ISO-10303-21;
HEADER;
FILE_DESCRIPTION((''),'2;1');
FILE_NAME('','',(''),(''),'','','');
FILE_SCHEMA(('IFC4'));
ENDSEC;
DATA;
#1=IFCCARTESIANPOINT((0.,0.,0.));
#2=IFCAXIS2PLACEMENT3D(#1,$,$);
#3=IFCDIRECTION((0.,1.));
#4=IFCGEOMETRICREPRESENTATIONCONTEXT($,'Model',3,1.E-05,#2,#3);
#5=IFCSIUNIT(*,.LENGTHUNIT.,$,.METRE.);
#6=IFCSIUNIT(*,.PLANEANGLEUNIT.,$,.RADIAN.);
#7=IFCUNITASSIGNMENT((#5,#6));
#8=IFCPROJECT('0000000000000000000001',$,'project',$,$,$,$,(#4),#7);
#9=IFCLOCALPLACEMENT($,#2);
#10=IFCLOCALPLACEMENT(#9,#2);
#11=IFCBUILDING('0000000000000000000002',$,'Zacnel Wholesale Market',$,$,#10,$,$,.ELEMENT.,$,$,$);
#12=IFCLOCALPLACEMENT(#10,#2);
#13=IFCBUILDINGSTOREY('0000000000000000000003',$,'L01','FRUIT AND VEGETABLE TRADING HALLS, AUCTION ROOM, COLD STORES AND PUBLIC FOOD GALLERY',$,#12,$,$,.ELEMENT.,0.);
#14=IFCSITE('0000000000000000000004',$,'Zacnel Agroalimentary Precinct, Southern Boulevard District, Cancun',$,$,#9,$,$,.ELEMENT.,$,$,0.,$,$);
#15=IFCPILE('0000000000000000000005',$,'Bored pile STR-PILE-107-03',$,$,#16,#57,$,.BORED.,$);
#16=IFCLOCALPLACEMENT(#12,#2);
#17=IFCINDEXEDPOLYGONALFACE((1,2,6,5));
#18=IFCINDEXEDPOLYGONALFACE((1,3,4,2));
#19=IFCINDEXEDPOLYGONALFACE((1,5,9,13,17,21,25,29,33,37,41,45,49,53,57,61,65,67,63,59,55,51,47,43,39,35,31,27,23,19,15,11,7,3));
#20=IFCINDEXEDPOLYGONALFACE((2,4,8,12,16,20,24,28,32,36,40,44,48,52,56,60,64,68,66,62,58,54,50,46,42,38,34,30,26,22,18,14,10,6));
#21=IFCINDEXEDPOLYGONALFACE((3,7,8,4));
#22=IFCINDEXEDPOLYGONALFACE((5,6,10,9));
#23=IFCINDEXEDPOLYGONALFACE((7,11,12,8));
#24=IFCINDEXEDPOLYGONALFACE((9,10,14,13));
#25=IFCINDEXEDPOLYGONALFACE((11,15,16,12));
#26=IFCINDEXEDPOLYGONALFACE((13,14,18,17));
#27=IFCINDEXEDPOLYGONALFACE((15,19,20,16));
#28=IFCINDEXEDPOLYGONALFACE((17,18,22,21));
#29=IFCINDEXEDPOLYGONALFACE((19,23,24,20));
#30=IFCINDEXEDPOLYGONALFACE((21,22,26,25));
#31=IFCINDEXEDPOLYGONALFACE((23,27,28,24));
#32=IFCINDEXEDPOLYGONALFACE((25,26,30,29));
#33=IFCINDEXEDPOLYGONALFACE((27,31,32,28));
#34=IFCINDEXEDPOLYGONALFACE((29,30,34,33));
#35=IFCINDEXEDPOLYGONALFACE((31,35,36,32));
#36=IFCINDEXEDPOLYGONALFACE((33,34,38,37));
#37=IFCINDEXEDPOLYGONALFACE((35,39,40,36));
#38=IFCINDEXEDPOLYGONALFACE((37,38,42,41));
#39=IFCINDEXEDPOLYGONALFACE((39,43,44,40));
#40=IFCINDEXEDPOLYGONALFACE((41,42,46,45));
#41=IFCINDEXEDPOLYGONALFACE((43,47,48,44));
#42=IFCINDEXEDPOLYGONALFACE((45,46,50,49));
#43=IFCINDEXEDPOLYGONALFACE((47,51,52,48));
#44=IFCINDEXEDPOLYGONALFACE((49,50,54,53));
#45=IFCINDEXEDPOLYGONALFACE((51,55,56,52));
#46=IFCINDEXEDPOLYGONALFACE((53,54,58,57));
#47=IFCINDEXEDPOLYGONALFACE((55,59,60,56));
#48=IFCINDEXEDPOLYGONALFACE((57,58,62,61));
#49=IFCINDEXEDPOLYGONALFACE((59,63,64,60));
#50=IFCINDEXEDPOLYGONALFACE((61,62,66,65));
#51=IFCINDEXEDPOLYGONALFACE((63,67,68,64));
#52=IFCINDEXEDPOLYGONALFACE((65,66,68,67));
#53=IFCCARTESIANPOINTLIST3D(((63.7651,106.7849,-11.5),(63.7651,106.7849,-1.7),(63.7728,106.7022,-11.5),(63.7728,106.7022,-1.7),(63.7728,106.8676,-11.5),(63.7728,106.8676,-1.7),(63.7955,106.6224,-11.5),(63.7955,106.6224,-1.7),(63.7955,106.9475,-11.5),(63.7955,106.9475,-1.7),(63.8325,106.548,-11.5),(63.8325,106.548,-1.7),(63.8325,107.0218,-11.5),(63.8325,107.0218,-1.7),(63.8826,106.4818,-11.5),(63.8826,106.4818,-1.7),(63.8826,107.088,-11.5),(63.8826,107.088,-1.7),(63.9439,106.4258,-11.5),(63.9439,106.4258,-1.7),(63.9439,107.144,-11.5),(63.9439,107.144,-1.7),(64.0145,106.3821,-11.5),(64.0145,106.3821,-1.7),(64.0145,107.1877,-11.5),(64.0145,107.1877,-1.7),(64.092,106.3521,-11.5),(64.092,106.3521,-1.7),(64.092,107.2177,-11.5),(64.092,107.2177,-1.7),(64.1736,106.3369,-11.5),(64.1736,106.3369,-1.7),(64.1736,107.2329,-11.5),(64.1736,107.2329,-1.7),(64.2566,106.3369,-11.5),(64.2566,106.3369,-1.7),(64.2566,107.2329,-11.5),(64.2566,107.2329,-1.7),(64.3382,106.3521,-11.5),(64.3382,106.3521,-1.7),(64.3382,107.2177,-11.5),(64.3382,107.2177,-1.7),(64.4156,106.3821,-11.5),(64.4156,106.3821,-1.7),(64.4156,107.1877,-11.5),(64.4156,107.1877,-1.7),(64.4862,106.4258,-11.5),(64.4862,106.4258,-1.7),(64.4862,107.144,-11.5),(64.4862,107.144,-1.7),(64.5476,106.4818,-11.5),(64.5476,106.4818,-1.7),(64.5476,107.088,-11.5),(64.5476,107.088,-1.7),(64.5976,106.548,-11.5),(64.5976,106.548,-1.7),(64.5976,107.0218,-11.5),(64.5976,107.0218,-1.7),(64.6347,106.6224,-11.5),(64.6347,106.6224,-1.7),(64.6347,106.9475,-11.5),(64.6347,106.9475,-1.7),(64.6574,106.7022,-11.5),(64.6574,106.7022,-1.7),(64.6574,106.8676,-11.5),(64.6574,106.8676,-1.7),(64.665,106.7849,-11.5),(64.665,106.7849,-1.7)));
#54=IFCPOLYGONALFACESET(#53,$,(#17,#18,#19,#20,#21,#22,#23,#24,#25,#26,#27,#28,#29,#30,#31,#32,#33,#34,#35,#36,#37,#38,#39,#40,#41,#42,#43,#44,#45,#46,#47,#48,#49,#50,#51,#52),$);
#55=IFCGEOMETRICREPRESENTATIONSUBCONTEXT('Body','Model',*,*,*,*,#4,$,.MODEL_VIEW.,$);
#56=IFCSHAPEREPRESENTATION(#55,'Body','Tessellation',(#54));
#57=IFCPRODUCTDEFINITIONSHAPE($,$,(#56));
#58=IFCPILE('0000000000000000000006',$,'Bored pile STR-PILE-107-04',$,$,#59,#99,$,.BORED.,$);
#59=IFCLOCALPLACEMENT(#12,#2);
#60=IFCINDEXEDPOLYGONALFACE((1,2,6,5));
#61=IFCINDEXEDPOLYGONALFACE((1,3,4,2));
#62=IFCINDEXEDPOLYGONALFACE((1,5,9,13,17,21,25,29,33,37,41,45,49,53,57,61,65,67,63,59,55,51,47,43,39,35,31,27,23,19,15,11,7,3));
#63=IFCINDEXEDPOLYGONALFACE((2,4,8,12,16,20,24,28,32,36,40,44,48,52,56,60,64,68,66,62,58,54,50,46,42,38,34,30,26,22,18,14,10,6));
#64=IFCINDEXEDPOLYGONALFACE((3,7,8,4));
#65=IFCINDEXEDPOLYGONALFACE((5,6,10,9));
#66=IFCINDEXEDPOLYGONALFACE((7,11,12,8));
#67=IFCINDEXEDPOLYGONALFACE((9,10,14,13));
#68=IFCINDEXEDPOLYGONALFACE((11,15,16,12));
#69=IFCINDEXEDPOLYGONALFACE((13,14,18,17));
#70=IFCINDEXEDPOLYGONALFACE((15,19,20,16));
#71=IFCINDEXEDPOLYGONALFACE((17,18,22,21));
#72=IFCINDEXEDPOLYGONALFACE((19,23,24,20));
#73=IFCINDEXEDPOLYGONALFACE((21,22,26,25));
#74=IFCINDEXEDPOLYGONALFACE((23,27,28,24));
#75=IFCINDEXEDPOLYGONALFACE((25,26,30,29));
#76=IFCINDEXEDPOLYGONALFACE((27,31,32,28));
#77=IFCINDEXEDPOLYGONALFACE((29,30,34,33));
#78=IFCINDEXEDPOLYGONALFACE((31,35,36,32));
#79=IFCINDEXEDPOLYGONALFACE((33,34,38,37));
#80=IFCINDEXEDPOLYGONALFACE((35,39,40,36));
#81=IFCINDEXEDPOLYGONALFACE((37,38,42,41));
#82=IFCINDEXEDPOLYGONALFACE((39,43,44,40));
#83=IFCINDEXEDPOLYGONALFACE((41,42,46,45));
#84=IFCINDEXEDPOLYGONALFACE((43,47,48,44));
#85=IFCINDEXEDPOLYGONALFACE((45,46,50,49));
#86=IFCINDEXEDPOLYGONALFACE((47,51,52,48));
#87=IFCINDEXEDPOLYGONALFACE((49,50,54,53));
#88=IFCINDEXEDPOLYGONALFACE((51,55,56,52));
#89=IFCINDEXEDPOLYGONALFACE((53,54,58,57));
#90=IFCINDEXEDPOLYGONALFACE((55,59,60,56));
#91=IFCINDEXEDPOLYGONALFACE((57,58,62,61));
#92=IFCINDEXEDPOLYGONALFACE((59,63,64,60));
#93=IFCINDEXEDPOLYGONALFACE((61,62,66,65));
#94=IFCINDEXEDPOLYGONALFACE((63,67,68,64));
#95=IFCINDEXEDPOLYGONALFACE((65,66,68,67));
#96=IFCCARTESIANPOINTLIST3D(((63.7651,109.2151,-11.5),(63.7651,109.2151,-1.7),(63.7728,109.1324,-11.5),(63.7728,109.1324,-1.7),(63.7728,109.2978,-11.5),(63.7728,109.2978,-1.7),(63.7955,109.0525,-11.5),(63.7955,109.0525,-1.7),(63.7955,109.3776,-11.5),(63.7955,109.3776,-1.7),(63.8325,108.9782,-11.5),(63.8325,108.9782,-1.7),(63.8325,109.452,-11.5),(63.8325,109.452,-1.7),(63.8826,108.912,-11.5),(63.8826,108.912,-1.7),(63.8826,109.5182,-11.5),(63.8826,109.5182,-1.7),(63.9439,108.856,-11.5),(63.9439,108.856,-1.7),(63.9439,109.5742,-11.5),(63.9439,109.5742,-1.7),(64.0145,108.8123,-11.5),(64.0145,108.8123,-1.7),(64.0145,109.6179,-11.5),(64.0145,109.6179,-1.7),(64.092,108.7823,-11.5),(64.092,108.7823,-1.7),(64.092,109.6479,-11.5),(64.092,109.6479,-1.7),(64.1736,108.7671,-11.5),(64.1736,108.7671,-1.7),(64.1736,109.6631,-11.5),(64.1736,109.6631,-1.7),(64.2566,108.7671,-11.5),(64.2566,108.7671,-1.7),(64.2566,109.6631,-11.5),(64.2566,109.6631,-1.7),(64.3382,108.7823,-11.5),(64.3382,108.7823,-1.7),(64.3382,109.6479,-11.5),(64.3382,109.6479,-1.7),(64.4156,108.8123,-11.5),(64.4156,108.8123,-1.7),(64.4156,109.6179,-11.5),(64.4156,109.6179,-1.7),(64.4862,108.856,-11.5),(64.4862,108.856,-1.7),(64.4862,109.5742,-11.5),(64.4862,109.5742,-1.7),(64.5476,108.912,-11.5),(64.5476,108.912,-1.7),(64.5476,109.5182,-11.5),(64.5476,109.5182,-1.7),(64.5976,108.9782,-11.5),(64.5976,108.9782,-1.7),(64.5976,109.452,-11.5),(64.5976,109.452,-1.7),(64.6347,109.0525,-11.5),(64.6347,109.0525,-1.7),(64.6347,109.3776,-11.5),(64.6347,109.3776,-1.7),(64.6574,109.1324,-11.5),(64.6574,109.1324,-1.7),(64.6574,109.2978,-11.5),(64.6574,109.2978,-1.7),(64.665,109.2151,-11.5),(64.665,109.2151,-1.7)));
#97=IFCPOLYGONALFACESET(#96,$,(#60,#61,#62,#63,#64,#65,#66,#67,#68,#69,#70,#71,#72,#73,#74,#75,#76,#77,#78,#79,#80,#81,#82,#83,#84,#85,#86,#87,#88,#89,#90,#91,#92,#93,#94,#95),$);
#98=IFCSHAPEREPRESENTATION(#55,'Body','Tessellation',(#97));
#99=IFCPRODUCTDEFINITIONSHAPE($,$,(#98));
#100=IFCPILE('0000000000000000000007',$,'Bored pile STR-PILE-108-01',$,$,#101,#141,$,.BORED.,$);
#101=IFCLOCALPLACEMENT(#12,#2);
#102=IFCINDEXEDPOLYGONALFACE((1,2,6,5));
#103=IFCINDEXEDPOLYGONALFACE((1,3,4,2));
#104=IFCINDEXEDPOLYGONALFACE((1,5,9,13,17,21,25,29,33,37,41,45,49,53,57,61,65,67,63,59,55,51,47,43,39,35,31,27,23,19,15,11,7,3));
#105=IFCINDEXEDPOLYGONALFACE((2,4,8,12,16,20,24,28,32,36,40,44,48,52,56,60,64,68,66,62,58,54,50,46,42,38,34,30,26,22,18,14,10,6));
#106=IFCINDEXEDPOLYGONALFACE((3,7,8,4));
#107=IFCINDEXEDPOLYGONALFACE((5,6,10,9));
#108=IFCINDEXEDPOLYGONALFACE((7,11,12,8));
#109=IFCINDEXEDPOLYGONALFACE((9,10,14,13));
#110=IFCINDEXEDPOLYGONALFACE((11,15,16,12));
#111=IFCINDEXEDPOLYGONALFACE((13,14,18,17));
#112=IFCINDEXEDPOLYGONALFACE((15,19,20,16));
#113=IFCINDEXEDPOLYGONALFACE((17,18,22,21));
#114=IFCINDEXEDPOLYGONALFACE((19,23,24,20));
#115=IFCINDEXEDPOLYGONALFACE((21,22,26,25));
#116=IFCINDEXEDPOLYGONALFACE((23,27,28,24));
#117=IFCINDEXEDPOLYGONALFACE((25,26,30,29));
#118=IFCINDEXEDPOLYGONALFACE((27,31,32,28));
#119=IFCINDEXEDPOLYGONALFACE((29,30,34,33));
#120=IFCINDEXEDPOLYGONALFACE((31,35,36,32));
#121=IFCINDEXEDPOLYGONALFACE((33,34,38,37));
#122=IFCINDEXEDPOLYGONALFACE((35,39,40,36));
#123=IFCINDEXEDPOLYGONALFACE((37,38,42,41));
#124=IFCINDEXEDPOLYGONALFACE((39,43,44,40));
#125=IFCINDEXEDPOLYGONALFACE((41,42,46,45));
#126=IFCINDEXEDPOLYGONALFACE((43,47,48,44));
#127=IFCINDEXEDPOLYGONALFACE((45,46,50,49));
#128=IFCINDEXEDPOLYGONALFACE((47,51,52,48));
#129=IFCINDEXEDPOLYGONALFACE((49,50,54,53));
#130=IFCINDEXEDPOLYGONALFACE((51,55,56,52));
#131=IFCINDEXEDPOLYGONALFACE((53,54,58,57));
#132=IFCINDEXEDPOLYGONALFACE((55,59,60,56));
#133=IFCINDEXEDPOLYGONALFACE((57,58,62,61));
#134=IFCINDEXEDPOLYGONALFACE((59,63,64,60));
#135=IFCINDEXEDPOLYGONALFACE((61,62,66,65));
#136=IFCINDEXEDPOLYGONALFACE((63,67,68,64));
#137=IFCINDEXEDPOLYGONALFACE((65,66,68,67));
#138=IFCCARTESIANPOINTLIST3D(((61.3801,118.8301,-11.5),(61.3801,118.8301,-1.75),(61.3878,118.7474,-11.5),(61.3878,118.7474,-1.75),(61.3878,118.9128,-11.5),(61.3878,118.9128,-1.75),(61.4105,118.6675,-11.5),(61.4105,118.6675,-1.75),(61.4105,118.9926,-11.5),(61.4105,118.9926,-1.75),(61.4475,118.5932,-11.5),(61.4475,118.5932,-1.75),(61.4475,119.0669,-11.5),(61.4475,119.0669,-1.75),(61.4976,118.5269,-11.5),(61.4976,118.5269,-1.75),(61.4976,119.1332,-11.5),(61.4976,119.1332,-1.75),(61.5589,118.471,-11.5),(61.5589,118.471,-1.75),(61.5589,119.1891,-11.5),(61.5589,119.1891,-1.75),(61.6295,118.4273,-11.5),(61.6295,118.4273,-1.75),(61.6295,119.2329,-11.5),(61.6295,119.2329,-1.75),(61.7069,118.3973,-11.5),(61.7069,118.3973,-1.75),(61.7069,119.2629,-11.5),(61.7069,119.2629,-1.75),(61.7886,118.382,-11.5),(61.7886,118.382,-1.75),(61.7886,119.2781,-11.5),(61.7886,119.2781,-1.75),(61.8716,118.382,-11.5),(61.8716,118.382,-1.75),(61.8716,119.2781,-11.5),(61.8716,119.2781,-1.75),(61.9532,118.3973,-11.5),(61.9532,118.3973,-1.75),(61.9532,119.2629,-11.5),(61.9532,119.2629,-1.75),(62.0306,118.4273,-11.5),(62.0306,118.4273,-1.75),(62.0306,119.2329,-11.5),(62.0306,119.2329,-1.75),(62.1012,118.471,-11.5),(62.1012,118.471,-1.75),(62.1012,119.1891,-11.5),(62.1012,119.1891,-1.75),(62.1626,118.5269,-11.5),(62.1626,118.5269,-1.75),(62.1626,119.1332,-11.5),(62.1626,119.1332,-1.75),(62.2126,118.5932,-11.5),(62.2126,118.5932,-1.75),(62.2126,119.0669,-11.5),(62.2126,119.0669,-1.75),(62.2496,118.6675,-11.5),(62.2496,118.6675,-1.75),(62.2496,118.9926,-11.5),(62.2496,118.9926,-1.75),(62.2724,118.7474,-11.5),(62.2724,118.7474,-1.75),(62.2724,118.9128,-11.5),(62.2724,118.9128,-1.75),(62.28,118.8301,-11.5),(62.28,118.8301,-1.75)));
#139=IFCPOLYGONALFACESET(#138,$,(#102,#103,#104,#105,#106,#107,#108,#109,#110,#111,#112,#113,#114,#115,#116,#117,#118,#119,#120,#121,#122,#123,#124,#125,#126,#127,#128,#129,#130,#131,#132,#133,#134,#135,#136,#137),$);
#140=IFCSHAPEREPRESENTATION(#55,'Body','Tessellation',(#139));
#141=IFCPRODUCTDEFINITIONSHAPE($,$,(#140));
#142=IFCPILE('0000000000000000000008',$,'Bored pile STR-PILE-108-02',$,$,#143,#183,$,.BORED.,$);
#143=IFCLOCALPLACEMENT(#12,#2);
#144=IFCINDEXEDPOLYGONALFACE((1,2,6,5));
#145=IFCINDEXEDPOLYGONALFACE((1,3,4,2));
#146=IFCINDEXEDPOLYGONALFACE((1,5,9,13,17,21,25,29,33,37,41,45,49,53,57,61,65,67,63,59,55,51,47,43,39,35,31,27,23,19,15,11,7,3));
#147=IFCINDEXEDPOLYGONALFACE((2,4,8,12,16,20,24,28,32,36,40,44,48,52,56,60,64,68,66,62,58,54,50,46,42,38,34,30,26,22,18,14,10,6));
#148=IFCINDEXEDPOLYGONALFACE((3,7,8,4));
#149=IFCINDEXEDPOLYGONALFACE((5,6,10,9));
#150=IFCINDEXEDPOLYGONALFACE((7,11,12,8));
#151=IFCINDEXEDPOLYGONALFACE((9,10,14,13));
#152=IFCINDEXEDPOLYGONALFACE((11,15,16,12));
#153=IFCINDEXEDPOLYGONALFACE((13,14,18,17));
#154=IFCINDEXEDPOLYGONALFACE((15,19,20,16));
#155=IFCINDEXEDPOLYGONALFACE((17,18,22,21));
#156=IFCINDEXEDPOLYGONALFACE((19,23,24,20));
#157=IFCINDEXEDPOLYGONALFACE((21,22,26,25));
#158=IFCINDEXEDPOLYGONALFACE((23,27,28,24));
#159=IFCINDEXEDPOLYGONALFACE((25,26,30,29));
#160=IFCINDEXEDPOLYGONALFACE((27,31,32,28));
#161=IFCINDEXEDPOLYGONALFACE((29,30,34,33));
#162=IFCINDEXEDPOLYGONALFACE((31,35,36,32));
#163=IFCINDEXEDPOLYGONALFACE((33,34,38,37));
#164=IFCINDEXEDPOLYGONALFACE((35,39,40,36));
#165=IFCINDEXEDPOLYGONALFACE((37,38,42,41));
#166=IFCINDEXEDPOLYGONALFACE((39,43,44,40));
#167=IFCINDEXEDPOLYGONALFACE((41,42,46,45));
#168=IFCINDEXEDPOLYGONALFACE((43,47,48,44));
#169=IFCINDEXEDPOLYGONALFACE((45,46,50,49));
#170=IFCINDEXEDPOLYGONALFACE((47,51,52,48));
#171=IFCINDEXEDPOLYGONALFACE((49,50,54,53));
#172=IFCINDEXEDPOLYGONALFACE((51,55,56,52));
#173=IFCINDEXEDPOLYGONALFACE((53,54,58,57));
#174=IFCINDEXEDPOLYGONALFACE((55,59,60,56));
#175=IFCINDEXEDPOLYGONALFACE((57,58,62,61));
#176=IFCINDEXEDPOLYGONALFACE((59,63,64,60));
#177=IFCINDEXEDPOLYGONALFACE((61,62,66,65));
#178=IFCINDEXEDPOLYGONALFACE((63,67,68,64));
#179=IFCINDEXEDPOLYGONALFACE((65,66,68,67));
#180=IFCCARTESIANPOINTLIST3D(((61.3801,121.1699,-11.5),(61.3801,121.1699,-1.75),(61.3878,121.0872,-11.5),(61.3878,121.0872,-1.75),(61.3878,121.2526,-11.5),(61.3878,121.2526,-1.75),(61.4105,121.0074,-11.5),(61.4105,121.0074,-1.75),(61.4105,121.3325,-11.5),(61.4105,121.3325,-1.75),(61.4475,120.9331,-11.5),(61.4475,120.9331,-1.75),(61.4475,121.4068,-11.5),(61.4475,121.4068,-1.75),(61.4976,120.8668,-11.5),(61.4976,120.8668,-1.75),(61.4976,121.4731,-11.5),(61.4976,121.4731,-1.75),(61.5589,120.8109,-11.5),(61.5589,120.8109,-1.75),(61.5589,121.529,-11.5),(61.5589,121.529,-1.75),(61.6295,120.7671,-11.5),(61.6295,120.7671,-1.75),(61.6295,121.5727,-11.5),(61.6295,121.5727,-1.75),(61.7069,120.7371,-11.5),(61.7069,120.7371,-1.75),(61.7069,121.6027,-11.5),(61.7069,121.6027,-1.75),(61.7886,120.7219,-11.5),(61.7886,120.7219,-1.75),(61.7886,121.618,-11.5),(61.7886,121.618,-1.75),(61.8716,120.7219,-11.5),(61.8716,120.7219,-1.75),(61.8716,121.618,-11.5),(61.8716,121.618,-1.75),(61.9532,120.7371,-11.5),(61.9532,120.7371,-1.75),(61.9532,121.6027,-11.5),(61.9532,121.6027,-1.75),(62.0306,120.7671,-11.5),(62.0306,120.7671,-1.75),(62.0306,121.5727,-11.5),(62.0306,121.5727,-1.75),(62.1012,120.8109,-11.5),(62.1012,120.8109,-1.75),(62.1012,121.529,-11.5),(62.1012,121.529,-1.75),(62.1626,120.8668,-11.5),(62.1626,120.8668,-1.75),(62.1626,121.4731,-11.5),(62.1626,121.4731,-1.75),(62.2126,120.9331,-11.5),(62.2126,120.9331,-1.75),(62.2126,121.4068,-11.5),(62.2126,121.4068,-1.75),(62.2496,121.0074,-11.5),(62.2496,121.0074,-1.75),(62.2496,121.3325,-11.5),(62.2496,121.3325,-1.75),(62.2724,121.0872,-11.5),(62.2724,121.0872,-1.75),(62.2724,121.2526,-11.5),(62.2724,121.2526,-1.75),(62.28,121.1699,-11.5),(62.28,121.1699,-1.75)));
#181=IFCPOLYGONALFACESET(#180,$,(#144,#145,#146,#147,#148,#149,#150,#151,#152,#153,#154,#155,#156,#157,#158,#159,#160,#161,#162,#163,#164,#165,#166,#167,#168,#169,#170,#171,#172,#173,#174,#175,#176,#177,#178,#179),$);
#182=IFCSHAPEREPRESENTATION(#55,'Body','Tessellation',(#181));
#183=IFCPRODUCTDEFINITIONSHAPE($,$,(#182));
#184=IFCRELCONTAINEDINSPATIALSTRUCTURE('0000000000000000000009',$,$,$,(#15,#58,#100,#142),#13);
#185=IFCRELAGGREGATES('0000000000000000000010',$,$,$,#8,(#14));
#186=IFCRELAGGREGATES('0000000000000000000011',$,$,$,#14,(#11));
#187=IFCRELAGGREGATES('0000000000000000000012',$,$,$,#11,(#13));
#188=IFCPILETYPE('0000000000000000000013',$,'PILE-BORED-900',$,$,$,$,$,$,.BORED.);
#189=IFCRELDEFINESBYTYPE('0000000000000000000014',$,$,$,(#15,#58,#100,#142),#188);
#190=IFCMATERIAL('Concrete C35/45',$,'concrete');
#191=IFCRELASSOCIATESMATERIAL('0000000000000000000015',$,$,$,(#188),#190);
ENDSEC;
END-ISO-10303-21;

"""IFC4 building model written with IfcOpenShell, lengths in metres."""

from ifc_helpers import new_model, si_unit, direction, frame, origin, origin_2d, place, context, subcontext, project, spatial, circle, extrude, material, material_profile, profile_set, type_object, element, save


model = new_model("IFC4")

# Units and contexts
model_context = context("Model", 3, precision=1e-05, world=origin(), true_north=direction((0.0, 1.0)))
body_context = subcontext(model_context, "Body", "Model", "MODEL_VIEW")
ifc_project = project(units=[si_unit("LENGTHUNIT", "METRE"), si_unit("PLANEANGLEUNIT", "RADIAN")], contexts=[model_context])

# Site, building, storey
site_placement = place(None, origin())
site = spatial("IfcSite", under=ifc_project, at=site_placement, Name="Zacnel Agroalimentary Precinct, Southern Boulevard District, Cancun", CompositionType="ELEMENT", RefElevation=0.0)
building_placement = place(site_placement, origin())
building = spatial("IfcBuilding", under=site, at=building_placement, Name="Zacnel Wholesale Market", CompositionType="ELEMENT")
storey_placement = place(building_placement, origin())
storey = spatial("IfcBuildingStorey", under=building, at=storey_placement, Name="L01", Description="FRUIT AND VEGETABLE TRADING HALLS, AUCTION ROOM, COLD STORES AND PUBLIC FOOD GALLERY", CompositionType="ELEMENT", Elevation=0.0)

# Piles
ifc_material_1 = material(Name="Concrete C35/45", Category="concrete")
ifc_material_profile_1 = material_profile(ifc_material_1, circle(Radius=0.45, at=origin_2d()), Name="BORED PILE D900")
ifc_profile_set_1 = profile_set([ifc_material_profile_1], Name="Concrete C35/45")
pile_type_1 = type_object("IfcPileType", Name="PILE-BORED-900", PredefinedType="BORED", material=ifc_profile_set_1)
for number, where, z_axis, x_axis, name in (
    (1, (64.2151, 106.7849, -1.7), (0.0, 0.0, -1.0), (1.0, 0.0, 0.0), "Bored pile STR-PILE-107-03"),
    (2, (64.2151, 109.2151, -1.7), (0.0, 0.0, -1.0), (1.0, 0.0, 0.0), "Bored pile STR-PILE-107-04"),
):
    element("IfcPile", number, at=place(storey_placement, frame(where, z_axis=z_axis, x_axis=x_axis)), inside=storey, type_object=pile_type_1, Name=name, PredefinedType="BORED", context=body_context, shape_type="SweptSolid", body=[
        extrude(circle(Radius=0.45, at=origin_2d()), origin(), (0.0, 0.0, 1.0), 9.8),
    ])
for number, where, z_axis, x_axis, name in (
    (3, (61.8301, 118.8301, -1.75), (0.0, 0.0, -1.0), (1.0, 0.0, 0.0), "Bored pile STR-PILE-108-01"),
    (4, (61.8301, 121.1699, -1.75), (0.0, 0.0, -1.0), (1.0, 0.0, 0.0), "Bored pile STR-PILE-108-02"),
):
    element("IfcPile", number, at=place(storey_placement, frame(where, z_axis=z_axis, x_axis=x_axis)), inside=storey, type_object=pile_type_1, Name=name, PredefinedType="BORED", context=body_context, shape_type="SweptSolid", body=[
        extrude(circle(Radius=0.45, at=origin_2d()), origin(), (0.0, 0.0, 1.0), 9.75),
    ])

save(model, "model.ifc")
